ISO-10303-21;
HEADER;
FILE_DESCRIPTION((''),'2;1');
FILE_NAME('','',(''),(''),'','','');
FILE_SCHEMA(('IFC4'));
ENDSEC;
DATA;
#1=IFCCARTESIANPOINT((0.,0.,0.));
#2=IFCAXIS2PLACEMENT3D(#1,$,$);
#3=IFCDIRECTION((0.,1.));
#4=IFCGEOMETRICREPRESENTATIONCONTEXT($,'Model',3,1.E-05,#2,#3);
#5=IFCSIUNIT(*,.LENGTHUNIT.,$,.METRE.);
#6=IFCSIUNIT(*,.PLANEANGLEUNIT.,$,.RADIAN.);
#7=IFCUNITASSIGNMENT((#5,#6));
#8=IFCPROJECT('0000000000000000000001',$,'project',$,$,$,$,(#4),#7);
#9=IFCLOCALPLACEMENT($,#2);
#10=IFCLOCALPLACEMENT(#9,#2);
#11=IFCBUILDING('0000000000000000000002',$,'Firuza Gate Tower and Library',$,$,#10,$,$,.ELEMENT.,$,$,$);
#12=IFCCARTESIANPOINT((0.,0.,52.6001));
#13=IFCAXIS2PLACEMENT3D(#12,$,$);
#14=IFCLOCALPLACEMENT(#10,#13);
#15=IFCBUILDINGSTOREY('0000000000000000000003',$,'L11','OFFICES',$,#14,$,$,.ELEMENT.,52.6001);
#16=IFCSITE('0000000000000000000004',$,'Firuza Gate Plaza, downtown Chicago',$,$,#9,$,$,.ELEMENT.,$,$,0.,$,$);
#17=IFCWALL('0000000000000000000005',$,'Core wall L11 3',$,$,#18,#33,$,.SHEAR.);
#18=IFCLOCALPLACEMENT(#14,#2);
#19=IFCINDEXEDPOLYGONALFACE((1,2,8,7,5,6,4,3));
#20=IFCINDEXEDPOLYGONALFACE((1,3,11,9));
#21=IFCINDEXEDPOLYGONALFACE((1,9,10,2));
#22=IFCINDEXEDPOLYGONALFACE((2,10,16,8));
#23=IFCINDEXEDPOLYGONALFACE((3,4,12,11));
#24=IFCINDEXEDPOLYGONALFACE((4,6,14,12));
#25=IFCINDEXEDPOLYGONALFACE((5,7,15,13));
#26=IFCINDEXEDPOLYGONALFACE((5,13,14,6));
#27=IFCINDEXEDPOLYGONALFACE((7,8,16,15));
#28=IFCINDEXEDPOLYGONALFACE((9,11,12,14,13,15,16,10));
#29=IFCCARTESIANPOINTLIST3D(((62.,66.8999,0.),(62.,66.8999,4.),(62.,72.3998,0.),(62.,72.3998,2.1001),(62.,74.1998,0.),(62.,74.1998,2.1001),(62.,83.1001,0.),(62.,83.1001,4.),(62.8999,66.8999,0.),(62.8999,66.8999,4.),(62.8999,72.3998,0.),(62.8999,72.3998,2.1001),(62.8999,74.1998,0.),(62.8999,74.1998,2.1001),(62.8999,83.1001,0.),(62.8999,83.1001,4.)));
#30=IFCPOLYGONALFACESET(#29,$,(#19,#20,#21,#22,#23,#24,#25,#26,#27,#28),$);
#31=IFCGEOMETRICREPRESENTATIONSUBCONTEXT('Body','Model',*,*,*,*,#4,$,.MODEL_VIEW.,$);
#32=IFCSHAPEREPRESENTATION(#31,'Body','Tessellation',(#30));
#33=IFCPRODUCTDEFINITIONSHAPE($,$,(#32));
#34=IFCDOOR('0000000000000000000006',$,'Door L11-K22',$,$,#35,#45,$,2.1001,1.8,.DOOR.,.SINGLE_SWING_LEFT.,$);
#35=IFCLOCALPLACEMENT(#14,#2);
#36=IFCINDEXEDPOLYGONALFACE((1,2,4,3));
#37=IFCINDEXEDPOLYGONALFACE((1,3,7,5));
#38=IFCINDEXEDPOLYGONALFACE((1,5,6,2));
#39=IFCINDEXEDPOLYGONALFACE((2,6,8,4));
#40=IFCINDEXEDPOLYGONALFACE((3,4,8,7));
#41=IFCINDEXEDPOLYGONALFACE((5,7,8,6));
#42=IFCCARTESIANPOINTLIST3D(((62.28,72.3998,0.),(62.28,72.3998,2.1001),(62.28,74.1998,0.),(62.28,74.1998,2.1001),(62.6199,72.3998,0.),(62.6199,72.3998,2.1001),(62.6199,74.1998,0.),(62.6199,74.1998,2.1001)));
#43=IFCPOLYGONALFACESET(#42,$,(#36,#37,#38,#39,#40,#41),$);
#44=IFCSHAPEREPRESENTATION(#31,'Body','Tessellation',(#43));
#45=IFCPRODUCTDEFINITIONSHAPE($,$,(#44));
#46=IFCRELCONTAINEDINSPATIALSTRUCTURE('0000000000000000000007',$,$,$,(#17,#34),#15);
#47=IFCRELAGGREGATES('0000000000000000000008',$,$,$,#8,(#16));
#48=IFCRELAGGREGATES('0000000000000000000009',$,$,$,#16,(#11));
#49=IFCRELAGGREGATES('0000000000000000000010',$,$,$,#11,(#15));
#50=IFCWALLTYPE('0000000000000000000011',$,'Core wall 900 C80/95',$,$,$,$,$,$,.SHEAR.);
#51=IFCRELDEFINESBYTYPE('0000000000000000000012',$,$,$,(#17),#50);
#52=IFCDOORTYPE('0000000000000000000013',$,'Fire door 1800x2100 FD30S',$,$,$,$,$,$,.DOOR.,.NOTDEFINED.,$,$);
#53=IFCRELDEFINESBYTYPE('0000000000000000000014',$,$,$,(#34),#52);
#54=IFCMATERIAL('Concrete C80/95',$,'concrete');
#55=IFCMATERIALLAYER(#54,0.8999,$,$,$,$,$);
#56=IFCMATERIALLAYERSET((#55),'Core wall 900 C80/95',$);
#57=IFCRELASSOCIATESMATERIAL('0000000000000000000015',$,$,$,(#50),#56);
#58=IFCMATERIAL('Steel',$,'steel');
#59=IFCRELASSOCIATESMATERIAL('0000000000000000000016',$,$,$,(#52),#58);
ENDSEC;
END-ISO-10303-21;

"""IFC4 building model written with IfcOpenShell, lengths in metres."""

from ifc_helpers import new_model, si_unit, direction, frame, frame_2d, origin, place, context, subcontext, project, spatial, rectangle, extrude, material, layer, layer_set, type_object, element, fill, save


model = new_model("IFC4")

# Units and contexts
model_context = context("Model", 3, precision=1e-05, world=origin(), true_north=direction((0.0, 1.0)))
body_context = subcontext(model_context, "Body", "Model", "MODEL_VIEW")
ifc_project = project(units=[si_unit("LENGTHUNIT", "METRE"), si_unit("PLANEANGLEUNIT", "RADIAN")], contexts=[model_context])

# Site, building, storey
site_placement = place(None, origin())
site = spatial("IfcSite", under=ifc_project, at=site_placement, Name="Firuza Gate Plaza, downtown Chicago", CompositionType="ELEMENT", RefElevation=0.0)
building_placement = place(site_placement, origin())
building = spatial("IfcBuilding", under=site, at=building_placement, Name="Firuza Gate Tower and Library", CompositionType="ELEMENT")
storey_placement = place(building_placement, frame((0.0, 0.0, 52.6001)))
storey = spatial("IfcBuildingStorey", under=building, at=storey_placement, Name="L11", Description="OFFICES", CompositionType="ELEMENT", Elevation=52.6001)

# Shared definitions
ifc_material_1 = material(Name="Concrete C80/95", Category="concrete")
ifc_layer_1 = layer(ifc_material_1, 0.8999)
ifc_layer_set_1 = layer_set([ifc_layer_1], Name="Core wall 900 C80/95")
wall_type_1 = type_object("IfcWallType", Name="Core wall 900 C80/95", PredefinedType="SHEAR", material=ifc_layer_set_1)

# Wall, opening, door
wall_1_placement = place(storey_placement, frame((62.45, 66.8999, 0.0), z_axis=(0.0, 0.0, 1.0), x_axis=(0.0, 1.0, 0.0)))
wall_1 = element("IfcWall", 1, at=wall_1_placement, inside=storey, type_object=wall_type_1, Name="Core wall L11 3", PredefinedType="SHEAR", context=body_context, shape_type="SweptSolid", body=[
    extrude(rectangle(XDim=16.2002, YDim=0.8999, at=frame_2d((8.1001, 0.0))), origin(), (0.0, 0.0, 1.0), 4.0),
])
opening_1_placement = place(wall_1_placement, frame((5.5, 0.0, 0.0)))
opening_1 = element("IfcOpeningElement", 2, at=opening_1_placement, cuts=wall_1, PredefinedType="OPENING", context=body_context, shape_type="SweptSolid", body=[
    extrude(rectangle(XDim=1.8, YDim=2.1001, at=frame_2d((0.8999, 1.05))), frame((0.0, 0.46, 0.0), z_axis=(0.0, -1.0, 0.0), x_axis=(1.0, 0.0, 0.0)), (0.0, 0.0, 1.0), 0.9199),
])
ifc_material_2 = material(Name="Steel", Category="steel")
door_type_1 = type_object("IfcDoorType", Name="Fire door 1800x2100 FD30S", OperationType="NOTDEFINED", PredefinedType="DOOR", material=ifc_material_2)
door_1_placement = place(opening_1_placement, origin())
door_1 = element("IfcDoor", 3, at=door_1_placement, inside=storey, type_object=door_type_1, Name="Door L11-K22", OperationType="SINGLE_SWING_LEFT", OverallHeight=2.1001, OverallWidth=1.8, PredefinedType="DOOR", context=body_context, shape_type="SweptSolid", body=[
    extrude(rectangle(XDim=1.8, YDim=2.1001, at=frame_2d((0.8999, 1.05))), frame((0.0, 0.1699, 0.0), z_axis=(0.0, -1.0, 0.0), x_axis=(1.0, 0.0, 0.0)), (0.0, 0.0, 1.0), 0.3398),
])
fill(opening_1, door_1)

save(model, "model.ifc")
